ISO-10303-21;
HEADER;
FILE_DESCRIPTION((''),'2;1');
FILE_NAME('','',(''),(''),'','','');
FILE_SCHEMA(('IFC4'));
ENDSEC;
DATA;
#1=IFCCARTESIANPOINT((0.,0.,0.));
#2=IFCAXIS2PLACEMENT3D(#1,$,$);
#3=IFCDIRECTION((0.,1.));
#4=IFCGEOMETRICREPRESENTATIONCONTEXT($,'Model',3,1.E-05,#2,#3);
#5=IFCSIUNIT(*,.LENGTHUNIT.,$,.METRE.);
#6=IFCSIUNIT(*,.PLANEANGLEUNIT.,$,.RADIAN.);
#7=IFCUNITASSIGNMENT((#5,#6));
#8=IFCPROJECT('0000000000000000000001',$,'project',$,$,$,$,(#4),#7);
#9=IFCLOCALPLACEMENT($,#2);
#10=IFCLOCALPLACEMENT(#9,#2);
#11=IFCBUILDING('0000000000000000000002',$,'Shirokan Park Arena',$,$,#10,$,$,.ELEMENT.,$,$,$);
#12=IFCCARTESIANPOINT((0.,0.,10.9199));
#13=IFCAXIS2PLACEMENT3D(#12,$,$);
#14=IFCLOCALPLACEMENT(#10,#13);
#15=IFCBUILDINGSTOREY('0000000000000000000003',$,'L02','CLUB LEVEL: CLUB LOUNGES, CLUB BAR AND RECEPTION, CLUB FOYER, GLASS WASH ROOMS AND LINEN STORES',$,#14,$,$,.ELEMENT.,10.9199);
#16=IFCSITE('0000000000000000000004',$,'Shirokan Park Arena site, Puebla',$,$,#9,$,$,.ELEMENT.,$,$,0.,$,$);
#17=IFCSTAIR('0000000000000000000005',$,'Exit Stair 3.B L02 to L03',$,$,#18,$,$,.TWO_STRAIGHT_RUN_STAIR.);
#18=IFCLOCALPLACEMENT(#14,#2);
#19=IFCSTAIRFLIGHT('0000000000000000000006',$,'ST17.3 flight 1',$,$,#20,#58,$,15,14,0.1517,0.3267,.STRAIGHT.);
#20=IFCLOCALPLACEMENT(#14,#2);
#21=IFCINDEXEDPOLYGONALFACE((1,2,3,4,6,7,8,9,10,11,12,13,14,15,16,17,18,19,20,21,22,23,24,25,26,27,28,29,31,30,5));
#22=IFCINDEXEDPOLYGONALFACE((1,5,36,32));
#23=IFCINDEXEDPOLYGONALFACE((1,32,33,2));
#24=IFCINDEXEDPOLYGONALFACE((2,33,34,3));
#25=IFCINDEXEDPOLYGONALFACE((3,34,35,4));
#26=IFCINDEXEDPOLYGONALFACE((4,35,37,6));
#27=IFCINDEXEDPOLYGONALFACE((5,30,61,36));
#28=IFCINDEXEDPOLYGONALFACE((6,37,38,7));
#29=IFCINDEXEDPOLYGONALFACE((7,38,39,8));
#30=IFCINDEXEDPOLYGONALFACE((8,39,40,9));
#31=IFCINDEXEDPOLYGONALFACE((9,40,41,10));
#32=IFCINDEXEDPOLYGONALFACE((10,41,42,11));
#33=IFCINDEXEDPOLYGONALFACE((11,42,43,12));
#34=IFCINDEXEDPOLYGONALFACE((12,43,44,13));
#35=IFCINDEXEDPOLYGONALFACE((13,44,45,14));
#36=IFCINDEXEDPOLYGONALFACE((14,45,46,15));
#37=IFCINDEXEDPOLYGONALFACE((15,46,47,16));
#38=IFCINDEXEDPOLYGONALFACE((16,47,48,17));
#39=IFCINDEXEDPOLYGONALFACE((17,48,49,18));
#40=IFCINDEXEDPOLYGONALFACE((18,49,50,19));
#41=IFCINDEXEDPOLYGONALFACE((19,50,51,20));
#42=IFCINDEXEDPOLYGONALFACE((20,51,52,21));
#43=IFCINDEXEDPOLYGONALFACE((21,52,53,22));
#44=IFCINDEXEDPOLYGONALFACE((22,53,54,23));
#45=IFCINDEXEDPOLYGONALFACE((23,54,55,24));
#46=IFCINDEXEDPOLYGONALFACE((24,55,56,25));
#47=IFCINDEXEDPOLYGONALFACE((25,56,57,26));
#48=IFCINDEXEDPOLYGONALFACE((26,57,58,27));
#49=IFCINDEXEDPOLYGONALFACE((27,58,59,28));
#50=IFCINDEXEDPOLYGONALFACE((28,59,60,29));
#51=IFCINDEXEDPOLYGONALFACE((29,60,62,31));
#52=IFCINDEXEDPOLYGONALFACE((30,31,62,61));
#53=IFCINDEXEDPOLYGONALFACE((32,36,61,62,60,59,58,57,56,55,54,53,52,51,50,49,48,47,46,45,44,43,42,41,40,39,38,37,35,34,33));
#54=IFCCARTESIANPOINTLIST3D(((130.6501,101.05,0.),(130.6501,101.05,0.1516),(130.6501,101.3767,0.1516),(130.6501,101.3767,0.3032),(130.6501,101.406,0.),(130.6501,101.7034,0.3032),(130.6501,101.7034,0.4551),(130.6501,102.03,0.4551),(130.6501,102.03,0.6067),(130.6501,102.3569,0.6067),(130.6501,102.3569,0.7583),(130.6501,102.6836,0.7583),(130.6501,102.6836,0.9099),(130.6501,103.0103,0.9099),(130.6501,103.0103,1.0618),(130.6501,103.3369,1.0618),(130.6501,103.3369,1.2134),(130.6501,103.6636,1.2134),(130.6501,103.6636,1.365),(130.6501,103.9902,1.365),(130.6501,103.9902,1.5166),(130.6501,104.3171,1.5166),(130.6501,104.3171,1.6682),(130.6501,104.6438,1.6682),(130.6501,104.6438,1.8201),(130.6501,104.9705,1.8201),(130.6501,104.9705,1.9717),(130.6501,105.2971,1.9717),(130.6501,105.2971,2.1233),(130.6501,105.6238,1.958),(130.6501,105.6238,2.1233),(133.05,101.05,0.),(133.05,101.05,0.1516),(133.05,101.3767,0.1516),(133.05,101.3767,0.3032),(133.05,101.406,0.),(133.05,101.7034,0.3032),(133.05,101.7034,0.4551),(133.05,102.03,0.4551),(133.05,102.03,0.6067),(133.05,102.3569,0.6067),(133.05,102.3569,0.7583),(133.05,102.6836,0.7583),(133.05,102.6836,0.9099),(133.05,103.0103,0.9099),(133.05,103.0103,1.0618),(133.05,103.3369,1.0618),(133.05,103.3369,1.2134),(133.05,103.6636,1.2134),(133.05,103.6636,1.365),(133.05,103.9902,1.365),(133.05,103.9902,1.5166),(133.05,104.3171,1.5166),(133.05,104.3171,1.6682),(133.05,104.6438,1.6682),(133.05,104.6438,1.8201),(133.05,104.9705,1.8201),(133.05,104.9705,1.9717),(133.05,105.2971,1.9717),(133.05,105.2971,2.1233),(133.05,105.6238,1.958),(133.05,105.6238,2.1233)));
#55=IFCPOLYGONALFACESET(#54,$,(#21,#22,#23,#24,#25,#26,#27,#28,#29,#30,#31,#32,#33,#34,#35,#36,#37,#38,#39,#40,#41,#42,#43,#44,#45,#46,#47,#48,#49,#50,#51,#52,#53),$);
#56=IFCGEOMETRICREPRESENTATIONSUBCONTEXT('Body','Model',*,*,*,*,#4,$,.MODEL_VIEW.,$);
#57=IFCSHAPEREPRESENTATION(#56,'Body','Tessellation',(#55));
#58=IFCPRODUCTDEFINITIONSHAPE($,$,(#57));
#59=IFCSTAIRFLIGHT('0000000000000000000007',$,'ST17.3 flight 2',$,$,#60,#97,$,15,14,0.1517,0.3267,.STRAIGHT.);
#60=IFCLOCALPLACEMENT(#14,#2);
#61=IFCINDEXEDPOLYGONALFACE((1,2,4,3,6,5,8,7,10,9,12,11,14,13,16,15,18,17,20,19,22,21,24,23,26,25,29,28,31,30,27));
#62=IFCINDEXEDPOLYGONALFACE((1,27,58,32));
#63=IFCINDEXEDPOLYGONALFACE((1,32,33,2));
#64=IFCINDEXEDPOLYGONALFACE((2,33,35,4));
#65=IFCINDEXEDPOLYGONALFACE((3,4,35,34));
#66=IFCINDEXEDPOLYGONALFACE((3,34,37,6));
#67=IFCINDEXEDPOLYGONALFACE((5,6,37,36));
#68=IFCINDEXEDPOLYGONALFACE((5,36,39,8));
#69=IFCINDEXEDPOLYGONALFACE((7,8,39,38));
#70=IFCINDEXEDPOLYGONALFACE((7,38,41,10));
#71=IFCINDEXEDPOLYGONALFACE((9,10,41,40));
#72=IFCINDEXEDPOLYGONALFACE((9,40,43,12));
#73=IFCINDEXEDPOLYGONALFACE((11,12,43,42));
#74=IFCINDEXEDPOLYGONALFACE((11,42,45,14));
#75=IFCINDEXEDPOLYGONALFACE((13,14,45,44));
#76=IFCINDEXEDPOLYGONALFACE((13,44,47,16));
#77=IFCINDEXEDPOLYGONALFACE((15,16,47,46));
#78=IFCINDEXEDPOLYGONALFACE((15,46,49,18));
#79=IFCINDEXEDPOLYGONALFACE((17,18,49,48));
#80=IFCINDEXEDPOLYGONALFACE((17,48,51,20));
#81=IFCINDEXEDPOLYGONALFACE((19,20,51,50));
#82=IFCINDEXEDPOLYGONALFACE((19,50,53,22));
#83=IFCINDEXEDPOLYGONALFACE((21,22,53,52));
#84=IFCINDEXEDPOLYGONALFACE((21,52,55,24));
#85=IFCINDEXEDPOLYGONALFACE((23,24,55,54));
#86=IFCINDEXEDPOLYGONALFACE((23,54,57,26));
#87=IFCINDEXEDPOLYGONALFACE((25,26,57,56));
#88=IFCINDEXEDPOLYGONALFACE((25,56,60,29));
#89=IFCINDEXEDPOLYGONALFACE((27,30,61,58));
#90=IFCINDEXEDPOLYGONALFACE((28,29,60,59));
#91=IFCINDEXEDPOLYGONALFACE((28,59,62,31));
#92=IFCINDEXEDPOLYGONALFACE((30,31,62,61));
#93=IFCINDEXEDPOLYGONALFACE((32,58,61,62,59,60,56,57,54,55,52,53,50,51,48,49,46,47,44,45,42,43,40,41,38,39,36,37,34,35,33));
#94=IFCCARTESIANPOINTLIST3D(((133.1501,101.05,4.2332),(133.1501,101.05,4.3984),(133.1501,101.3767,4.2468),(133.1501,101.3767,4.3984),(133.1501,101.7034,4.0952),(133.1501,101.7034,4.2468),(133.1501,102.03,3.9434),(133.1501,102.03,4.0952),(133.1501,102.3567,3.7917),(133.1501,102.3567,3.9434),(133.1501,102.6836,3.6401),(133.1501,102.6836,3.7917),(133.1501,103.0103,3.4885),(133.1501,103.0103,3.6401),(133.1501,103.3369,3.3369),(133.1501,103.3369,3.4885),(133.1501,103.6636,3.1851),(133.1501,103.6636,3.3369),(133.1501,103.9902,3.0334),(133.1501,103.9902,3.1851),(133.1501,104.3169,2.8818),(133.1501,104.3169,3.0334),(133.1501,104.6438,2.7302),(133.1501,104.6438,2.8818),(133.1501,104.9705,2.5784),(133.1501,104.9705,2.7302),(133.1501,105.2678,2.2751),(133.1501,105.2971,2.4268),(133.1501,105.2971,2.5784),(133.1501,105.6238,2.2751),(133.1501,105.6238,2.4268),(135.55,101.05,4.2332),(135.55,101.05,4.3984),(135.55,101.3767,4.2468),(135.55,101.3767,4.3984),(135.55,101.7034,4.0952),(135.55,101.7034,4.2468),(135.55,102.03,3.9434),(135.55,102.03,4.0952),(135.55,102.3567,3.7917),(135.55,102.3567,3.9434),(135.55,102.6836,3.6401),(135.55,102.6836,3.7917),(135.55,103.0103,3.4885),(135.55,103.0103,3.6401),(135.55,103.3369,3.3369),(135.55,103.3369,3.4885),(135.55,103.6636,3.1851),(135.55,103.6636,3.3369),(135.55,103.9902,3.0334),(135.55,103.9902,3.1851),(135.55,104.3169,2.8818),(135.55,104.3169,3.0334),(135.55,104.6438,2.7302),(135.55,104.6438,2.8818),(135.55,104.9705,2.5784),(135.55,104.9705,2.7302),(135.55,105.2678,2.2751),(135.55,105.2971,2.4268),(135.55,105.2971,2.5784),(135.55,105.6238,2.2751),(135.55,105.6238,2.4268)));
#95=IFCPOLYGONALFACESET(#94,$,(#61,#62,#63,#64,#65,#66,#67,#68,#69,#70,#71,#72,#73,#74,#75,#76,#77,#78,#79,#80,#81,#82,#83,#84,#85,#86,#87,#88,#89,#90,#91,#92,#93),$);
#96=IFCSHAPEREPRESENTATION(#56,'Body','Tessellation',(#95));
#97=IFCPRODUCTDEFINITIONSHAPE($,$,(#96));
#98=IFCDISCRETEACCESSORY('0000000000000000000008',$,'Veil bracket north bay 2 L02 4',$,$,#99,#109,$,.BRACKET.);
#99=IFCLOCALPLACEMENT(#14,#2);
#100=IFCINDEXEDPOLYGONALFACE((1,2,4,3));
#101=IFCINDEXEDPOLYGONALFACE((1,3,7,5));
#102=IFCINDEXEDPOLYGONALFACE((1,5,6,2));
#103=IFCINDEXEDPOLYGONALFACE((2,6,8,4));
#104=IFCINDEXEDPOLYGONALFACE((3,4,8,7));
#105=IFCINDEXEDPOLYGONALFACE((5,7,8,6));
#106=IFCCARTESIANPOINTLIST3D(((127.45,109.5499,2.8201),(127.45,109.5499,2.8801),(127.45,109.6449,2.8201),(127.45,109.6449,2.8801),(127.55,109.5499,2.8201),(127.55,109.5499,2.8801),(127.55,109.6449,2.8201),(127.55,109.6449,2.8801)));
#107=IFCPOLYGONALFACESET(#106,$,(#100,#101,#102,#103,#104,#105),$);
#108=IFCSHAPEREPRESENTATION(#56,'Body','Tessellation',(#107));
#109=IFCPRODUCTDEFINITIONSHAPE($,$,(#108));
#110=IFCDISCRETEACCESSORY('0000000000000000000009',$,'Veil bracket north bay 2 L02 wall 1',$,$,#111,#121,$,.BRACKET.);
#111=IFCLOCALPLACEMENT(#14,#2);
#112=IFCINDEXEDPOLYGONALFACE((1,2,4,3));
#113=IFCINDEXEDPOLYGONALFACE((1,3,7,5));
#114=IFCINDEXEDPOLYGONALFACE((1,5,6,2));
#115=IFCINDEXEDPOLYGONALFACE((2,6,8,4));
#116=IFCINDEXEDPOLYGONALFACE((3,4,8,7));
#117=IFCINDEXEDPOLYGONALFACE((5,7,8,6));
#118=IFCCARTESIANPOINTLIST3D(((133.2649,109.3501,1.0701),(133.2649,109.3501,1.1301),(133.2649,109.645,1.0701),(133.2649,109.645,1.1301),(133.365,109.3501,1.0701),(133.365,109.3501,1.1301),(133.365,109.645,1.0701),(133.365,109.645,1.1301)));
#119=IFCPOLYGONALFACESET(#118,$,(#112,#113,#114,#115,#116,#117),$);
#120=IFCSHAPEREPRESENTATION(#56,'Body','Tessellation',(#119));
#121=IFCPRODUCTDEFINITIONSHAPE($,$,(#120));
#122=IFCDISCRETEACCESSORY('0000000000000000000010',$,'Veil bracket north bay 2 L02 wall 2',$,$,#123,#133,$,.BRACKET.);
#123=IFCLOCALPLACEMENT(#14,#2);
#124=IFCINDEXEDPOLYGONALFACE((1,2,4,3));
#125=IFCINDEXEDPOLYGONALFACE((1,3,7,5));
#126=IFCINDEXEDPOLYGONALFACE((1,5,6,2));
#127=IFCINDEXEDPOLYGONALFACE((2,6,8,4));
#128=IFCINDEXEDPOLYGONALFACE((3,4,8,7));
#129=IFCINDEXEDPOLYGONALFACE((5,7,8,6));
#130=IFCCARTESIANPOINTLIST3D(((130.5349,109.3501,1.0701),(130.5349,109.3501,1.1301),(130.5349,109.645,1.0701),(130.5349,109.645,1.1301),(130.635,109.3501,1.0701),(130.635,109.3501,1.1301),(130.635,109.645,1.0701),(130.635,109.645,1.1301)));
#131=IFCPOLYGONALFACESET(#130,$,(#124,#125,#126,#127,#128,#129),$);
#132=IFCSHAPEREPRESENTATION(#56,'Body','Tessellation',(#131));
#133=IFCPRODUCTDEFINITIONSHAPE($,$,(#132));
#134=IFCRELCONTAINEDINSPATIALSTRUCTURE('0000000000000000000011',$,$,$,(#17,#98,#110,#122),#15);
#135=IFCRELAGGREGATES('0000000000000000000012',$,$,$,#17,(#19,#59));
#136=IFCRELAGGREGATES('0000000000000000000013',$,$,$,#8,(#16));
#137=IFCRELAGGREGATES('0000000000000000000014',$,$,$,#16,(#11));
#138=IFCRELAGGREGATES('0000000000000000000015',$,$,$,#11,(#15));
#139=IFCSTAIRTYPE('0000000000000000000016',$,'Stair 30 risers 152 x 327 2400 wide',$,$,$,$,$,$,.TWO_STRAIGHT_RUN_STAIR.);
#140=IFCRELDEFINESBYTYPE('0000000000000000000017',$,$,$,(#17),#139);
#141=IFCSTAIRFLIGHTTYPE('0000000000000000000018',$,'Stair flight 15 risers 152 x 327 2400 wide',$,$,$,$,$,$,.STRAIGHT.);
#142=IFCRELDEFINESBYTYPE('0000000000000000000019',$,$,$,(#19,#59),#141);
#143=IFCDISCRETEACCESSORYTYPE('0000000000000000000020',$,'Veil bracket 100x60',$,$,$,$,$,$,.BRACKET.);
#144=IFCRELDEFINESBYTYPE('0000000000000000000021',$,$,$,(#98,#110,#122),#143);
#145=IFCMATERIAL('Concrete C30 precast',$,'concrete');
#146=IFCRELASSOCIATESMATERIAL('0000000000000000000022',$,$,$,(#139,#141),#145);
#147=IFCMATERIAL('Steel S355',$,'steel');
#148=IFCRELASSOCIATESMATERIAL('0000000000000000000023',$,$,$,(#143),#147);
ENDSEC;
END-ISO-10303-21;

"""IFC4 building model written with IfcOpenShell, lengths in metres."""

from ifc_helpers import new_model, si_unit, direction, frame, origin, origin_2d, place, context, subcontext, project, spatial, polyline, rectangle, outline, extrude, material, type_object, element, aggregate, save


model = new_model("IFC4")

# Units and contexts
model_context = context("Model", 3, precision=1e-05, world=origin(), true_north=direction((0.0, 1.0)))
body_context = subcontext(model_context, "Body", "Model", "MODEL_VIEW")
ifc_project = project(units=[si_unit("LENGTHUNIT", "METRE"), si_unit("PLANEANGLEUNIT", "RADIAN")], contexts=[model_context])

# Site, building, storey
site_placement = place(None, origin())
site = spatial("IfcSite", under=ifc_project, at=site_placement, Name="Shirokan Park Arena site, Puebla", CompositionType="ELEMENT", RefElevation=0.0)
building_placement = place(site_placement, origin())
building = spatial("IfcBuilding", under=site, at=building_placement, Name="Shirokan Park Arena", CompositionType="ELEMENT")
storey_placement = place(building_placement, frame((0.0, 0.0, 10.9199)))
storey = spatial("IfcBuildingStorey", under=building, at=storey_placement, Name="L02", Description="CLUB LEVEL: CLUB LOUNGES, CLUB BAR AND RECEPTION, CLUB FOYER, GLASS WASH ROOMS AND LINEN STORES", CompositionType="ELEMENT", Elevation=10.9199)

# Shared definitions
ifc_material_1 = material(Name="Steel S355", Category="steel")

# Stair, stair flights
ifc_material_2 = material(Name="Concrete C30 precast", Category="concrete")
stair_type = type_object("IfcStairType", Name="Stair 30 risers 152 x 327 2400 wide", PredefinedType="TWO_STRAIGHT_RUN_STAIR", material=ifc_material_2)
stair_placement = place(storey_placement, origin())
stair = element("IfcStair", 1, at=stair_placement, inside=storey, type_object=stair_type, Name="Exit Stair 3.B L02 to L03", PredefinedType="TWO_STRAIGHT_RUN_STAIR")
stair_flight_type = type_object("IfcStairFlightType", Name="Stair flight 15 risers 152 x 327 2400 wide", PredefinedType="STRAIGHT", material=ifc_material_2)
stair_flight_1_placement = place(storey_placement, frame((131.8501, 101.05, 0.0), z_axis=(0.0, 0.0, 1.0), x_axis=(0.0, 1.0, 0.0)))
stair_flight_1 = element("IfcStairFlight", 2, at=stair_flight_1_placement, type_object=stair_flight_type, Name="ST17.3 flight 1", NumberOfRisers=15, NumberOfTreads=14, PredefinedType="STRAIGHT", RiserHeight=0.1517, TreadLength=0.3267, context=body_context, shape_type="SweptSolid", body=[
    extrude(outline(polyline([(0.0, 0.0), (0.0, 0.1516), (0.3267, 0.1516), (0.3267, 0.3032), (0.6533, 0.3032), (0.6533, 0.4551), (0.98, 0.4551), (0.98, 0.6067), (1.3069, 0.6067), (1.3069, 0.7583), (1.6335, 0.7583), (1.6335, 0.9099), (1.9602, 0.9099), (1.9602, 1.0618), (2.2869, 1.0618), (2.2869, 1.2134), (2.6135, 1.2134), (2.6135, 1.365), (2.9402, 1.365), (2.9402, 1.5166), (3.2671, 1.5166), (3.2671, 1.6682), (3.5938, 1.6682), (3.5938, 1.8201), (3.9204, 1.8201), (3.9204, 1.9717), (4.2471, 1.9717), (4.2471, 2.1233), (4.5737, 2.1233), (4.5737, 2.2749), (4.5737, 1.958), (0.356, 0.0), (0.0, 0.0)])), frame((0.0, 1.2, 0.0), z_axis=(0.0, -1.0, 0.0), x_axis=(1.0, 0.0, 0.0)), (0.0, 0.0, 1.0), 2.3999),
])
stair_flight_2_placement = place(storey_placement, frame((134.3501, 105.6238, 2.2751), z_axis=(0.0, 0.0, 1.0), x_axis=(0.0, -1.0, 0.0)))
stair_flight_2 = element("IfcStairFlight", 3, at=stair_flight_2_placement, type_object=stair_flight_type, Name="ST17.3 flight 2", NumberOfRisers=15, NumberOfTreads=14, PredefinedType="STRAIGHT", RiserHeight=0.1517, TreadLength=0.3267, context=body_context, shape_type="SweptSolid", body=[
    extrude(outline(polyline([(0.0, 0.0), (0.0, 0.1516), (0.3267, 0.1516), (0.3267, 0.3032), (0.6533, 0.3032), (0.6533, 0.4551), (0.98, 0.4551), (0.98, 0.6067), (1.3069, 0.6067), (1.3069, 0.7583), (1.6335, 0.7583), (1.6335, 0.9099), (1.9602, 0.9099), (1.9602, 1.0618), (2.2869, 1.0618), (2.2869, 1.2134), (2.6135, 1.2134), (2.6135, 1.365), (2.9402, 1.365), (2.9402, 1.5166), (3.2671, 1.5166), (3.2671, 1.6682), (3.5938, 1.6682), (3.5938, 1.8201), (3.9204, 1.8201), (3.9204, 1.9717), (4.2471, 1.9717), (4.2471, 2.1233), (4.5737, 2.1233), (4.5737, 2.2749), (4.5737, 1.958), (0.356, 0.0), (0.0, 0.0)])), frame((0.0, 1.2, 0.0), z_axis=(0.0, -1.0, 0.0), x_axis=(1.0, 0.0, 0.0)), (0.0, 0.0, 1.0), 2.3999),
])
aggregate(stair, [stair_flight_1, stair_flight_2])

# Discrete accessories
discrete_accessory_type = type_object("IfcDiscreteAccessoryType", Name="Veil bracket 100x60", PredefinedType="BRACKET", material=ifc_material_1)
discrete_accessory_placement = place(storey_placement, frame((127.5, 109.5974, 2.8201), z_axis=(0.0, 0.0, 1.0), x_axis=(-1.0, 0.0, 0.0)))
element("IfcDiscreteAccessory", 4, at=discrete_accessory_placement, inside=storey, type_object=discrete_accessory_type, Name="Veil bracket north bay 2 L02 4", PredefinedType="BRACKET", context=body_context, shape_type="SweptSolid", body=[
    extrude(rectangle(XDim=0.1001, YDim=0.095, at=origin_2d()), origin(), (0.0, 0.0, 1.0), 0.0601),
])
for number, where, z_axis, x_axis, name in (
    (5, (133.3149, 109.4976, 1.0701), (0.0, 0.0, 1.0), (-1.0, 0.0, 0.0), "Veil bracket north bay 2 L02 wall 1"),
    (6, (130.585, 109.4976, 1.0701), (0.0, 0.0, 1.0), (-1.0, 0.0, 0.0), "Veil bracket north bay 2 L02 wall 2"),
):
    element("IfcDiscreteAccessory", number, at=place(storey_placement, frame(where, z_axis=z_axis, x_axis=x_axis)), inside=storey, type_object=discrete_accessory_type, Name=name, PredefinedType="BRACKET", context=body_context, shape_type="SweptSolid", body=[
        extrude(rectangle(XDim=0.1001, YDim=0.2949, at=origin_2d()), origin(), (0.0, 0.0, 1.0), 0.0601),
    ])

save(model, "model.ifc")
